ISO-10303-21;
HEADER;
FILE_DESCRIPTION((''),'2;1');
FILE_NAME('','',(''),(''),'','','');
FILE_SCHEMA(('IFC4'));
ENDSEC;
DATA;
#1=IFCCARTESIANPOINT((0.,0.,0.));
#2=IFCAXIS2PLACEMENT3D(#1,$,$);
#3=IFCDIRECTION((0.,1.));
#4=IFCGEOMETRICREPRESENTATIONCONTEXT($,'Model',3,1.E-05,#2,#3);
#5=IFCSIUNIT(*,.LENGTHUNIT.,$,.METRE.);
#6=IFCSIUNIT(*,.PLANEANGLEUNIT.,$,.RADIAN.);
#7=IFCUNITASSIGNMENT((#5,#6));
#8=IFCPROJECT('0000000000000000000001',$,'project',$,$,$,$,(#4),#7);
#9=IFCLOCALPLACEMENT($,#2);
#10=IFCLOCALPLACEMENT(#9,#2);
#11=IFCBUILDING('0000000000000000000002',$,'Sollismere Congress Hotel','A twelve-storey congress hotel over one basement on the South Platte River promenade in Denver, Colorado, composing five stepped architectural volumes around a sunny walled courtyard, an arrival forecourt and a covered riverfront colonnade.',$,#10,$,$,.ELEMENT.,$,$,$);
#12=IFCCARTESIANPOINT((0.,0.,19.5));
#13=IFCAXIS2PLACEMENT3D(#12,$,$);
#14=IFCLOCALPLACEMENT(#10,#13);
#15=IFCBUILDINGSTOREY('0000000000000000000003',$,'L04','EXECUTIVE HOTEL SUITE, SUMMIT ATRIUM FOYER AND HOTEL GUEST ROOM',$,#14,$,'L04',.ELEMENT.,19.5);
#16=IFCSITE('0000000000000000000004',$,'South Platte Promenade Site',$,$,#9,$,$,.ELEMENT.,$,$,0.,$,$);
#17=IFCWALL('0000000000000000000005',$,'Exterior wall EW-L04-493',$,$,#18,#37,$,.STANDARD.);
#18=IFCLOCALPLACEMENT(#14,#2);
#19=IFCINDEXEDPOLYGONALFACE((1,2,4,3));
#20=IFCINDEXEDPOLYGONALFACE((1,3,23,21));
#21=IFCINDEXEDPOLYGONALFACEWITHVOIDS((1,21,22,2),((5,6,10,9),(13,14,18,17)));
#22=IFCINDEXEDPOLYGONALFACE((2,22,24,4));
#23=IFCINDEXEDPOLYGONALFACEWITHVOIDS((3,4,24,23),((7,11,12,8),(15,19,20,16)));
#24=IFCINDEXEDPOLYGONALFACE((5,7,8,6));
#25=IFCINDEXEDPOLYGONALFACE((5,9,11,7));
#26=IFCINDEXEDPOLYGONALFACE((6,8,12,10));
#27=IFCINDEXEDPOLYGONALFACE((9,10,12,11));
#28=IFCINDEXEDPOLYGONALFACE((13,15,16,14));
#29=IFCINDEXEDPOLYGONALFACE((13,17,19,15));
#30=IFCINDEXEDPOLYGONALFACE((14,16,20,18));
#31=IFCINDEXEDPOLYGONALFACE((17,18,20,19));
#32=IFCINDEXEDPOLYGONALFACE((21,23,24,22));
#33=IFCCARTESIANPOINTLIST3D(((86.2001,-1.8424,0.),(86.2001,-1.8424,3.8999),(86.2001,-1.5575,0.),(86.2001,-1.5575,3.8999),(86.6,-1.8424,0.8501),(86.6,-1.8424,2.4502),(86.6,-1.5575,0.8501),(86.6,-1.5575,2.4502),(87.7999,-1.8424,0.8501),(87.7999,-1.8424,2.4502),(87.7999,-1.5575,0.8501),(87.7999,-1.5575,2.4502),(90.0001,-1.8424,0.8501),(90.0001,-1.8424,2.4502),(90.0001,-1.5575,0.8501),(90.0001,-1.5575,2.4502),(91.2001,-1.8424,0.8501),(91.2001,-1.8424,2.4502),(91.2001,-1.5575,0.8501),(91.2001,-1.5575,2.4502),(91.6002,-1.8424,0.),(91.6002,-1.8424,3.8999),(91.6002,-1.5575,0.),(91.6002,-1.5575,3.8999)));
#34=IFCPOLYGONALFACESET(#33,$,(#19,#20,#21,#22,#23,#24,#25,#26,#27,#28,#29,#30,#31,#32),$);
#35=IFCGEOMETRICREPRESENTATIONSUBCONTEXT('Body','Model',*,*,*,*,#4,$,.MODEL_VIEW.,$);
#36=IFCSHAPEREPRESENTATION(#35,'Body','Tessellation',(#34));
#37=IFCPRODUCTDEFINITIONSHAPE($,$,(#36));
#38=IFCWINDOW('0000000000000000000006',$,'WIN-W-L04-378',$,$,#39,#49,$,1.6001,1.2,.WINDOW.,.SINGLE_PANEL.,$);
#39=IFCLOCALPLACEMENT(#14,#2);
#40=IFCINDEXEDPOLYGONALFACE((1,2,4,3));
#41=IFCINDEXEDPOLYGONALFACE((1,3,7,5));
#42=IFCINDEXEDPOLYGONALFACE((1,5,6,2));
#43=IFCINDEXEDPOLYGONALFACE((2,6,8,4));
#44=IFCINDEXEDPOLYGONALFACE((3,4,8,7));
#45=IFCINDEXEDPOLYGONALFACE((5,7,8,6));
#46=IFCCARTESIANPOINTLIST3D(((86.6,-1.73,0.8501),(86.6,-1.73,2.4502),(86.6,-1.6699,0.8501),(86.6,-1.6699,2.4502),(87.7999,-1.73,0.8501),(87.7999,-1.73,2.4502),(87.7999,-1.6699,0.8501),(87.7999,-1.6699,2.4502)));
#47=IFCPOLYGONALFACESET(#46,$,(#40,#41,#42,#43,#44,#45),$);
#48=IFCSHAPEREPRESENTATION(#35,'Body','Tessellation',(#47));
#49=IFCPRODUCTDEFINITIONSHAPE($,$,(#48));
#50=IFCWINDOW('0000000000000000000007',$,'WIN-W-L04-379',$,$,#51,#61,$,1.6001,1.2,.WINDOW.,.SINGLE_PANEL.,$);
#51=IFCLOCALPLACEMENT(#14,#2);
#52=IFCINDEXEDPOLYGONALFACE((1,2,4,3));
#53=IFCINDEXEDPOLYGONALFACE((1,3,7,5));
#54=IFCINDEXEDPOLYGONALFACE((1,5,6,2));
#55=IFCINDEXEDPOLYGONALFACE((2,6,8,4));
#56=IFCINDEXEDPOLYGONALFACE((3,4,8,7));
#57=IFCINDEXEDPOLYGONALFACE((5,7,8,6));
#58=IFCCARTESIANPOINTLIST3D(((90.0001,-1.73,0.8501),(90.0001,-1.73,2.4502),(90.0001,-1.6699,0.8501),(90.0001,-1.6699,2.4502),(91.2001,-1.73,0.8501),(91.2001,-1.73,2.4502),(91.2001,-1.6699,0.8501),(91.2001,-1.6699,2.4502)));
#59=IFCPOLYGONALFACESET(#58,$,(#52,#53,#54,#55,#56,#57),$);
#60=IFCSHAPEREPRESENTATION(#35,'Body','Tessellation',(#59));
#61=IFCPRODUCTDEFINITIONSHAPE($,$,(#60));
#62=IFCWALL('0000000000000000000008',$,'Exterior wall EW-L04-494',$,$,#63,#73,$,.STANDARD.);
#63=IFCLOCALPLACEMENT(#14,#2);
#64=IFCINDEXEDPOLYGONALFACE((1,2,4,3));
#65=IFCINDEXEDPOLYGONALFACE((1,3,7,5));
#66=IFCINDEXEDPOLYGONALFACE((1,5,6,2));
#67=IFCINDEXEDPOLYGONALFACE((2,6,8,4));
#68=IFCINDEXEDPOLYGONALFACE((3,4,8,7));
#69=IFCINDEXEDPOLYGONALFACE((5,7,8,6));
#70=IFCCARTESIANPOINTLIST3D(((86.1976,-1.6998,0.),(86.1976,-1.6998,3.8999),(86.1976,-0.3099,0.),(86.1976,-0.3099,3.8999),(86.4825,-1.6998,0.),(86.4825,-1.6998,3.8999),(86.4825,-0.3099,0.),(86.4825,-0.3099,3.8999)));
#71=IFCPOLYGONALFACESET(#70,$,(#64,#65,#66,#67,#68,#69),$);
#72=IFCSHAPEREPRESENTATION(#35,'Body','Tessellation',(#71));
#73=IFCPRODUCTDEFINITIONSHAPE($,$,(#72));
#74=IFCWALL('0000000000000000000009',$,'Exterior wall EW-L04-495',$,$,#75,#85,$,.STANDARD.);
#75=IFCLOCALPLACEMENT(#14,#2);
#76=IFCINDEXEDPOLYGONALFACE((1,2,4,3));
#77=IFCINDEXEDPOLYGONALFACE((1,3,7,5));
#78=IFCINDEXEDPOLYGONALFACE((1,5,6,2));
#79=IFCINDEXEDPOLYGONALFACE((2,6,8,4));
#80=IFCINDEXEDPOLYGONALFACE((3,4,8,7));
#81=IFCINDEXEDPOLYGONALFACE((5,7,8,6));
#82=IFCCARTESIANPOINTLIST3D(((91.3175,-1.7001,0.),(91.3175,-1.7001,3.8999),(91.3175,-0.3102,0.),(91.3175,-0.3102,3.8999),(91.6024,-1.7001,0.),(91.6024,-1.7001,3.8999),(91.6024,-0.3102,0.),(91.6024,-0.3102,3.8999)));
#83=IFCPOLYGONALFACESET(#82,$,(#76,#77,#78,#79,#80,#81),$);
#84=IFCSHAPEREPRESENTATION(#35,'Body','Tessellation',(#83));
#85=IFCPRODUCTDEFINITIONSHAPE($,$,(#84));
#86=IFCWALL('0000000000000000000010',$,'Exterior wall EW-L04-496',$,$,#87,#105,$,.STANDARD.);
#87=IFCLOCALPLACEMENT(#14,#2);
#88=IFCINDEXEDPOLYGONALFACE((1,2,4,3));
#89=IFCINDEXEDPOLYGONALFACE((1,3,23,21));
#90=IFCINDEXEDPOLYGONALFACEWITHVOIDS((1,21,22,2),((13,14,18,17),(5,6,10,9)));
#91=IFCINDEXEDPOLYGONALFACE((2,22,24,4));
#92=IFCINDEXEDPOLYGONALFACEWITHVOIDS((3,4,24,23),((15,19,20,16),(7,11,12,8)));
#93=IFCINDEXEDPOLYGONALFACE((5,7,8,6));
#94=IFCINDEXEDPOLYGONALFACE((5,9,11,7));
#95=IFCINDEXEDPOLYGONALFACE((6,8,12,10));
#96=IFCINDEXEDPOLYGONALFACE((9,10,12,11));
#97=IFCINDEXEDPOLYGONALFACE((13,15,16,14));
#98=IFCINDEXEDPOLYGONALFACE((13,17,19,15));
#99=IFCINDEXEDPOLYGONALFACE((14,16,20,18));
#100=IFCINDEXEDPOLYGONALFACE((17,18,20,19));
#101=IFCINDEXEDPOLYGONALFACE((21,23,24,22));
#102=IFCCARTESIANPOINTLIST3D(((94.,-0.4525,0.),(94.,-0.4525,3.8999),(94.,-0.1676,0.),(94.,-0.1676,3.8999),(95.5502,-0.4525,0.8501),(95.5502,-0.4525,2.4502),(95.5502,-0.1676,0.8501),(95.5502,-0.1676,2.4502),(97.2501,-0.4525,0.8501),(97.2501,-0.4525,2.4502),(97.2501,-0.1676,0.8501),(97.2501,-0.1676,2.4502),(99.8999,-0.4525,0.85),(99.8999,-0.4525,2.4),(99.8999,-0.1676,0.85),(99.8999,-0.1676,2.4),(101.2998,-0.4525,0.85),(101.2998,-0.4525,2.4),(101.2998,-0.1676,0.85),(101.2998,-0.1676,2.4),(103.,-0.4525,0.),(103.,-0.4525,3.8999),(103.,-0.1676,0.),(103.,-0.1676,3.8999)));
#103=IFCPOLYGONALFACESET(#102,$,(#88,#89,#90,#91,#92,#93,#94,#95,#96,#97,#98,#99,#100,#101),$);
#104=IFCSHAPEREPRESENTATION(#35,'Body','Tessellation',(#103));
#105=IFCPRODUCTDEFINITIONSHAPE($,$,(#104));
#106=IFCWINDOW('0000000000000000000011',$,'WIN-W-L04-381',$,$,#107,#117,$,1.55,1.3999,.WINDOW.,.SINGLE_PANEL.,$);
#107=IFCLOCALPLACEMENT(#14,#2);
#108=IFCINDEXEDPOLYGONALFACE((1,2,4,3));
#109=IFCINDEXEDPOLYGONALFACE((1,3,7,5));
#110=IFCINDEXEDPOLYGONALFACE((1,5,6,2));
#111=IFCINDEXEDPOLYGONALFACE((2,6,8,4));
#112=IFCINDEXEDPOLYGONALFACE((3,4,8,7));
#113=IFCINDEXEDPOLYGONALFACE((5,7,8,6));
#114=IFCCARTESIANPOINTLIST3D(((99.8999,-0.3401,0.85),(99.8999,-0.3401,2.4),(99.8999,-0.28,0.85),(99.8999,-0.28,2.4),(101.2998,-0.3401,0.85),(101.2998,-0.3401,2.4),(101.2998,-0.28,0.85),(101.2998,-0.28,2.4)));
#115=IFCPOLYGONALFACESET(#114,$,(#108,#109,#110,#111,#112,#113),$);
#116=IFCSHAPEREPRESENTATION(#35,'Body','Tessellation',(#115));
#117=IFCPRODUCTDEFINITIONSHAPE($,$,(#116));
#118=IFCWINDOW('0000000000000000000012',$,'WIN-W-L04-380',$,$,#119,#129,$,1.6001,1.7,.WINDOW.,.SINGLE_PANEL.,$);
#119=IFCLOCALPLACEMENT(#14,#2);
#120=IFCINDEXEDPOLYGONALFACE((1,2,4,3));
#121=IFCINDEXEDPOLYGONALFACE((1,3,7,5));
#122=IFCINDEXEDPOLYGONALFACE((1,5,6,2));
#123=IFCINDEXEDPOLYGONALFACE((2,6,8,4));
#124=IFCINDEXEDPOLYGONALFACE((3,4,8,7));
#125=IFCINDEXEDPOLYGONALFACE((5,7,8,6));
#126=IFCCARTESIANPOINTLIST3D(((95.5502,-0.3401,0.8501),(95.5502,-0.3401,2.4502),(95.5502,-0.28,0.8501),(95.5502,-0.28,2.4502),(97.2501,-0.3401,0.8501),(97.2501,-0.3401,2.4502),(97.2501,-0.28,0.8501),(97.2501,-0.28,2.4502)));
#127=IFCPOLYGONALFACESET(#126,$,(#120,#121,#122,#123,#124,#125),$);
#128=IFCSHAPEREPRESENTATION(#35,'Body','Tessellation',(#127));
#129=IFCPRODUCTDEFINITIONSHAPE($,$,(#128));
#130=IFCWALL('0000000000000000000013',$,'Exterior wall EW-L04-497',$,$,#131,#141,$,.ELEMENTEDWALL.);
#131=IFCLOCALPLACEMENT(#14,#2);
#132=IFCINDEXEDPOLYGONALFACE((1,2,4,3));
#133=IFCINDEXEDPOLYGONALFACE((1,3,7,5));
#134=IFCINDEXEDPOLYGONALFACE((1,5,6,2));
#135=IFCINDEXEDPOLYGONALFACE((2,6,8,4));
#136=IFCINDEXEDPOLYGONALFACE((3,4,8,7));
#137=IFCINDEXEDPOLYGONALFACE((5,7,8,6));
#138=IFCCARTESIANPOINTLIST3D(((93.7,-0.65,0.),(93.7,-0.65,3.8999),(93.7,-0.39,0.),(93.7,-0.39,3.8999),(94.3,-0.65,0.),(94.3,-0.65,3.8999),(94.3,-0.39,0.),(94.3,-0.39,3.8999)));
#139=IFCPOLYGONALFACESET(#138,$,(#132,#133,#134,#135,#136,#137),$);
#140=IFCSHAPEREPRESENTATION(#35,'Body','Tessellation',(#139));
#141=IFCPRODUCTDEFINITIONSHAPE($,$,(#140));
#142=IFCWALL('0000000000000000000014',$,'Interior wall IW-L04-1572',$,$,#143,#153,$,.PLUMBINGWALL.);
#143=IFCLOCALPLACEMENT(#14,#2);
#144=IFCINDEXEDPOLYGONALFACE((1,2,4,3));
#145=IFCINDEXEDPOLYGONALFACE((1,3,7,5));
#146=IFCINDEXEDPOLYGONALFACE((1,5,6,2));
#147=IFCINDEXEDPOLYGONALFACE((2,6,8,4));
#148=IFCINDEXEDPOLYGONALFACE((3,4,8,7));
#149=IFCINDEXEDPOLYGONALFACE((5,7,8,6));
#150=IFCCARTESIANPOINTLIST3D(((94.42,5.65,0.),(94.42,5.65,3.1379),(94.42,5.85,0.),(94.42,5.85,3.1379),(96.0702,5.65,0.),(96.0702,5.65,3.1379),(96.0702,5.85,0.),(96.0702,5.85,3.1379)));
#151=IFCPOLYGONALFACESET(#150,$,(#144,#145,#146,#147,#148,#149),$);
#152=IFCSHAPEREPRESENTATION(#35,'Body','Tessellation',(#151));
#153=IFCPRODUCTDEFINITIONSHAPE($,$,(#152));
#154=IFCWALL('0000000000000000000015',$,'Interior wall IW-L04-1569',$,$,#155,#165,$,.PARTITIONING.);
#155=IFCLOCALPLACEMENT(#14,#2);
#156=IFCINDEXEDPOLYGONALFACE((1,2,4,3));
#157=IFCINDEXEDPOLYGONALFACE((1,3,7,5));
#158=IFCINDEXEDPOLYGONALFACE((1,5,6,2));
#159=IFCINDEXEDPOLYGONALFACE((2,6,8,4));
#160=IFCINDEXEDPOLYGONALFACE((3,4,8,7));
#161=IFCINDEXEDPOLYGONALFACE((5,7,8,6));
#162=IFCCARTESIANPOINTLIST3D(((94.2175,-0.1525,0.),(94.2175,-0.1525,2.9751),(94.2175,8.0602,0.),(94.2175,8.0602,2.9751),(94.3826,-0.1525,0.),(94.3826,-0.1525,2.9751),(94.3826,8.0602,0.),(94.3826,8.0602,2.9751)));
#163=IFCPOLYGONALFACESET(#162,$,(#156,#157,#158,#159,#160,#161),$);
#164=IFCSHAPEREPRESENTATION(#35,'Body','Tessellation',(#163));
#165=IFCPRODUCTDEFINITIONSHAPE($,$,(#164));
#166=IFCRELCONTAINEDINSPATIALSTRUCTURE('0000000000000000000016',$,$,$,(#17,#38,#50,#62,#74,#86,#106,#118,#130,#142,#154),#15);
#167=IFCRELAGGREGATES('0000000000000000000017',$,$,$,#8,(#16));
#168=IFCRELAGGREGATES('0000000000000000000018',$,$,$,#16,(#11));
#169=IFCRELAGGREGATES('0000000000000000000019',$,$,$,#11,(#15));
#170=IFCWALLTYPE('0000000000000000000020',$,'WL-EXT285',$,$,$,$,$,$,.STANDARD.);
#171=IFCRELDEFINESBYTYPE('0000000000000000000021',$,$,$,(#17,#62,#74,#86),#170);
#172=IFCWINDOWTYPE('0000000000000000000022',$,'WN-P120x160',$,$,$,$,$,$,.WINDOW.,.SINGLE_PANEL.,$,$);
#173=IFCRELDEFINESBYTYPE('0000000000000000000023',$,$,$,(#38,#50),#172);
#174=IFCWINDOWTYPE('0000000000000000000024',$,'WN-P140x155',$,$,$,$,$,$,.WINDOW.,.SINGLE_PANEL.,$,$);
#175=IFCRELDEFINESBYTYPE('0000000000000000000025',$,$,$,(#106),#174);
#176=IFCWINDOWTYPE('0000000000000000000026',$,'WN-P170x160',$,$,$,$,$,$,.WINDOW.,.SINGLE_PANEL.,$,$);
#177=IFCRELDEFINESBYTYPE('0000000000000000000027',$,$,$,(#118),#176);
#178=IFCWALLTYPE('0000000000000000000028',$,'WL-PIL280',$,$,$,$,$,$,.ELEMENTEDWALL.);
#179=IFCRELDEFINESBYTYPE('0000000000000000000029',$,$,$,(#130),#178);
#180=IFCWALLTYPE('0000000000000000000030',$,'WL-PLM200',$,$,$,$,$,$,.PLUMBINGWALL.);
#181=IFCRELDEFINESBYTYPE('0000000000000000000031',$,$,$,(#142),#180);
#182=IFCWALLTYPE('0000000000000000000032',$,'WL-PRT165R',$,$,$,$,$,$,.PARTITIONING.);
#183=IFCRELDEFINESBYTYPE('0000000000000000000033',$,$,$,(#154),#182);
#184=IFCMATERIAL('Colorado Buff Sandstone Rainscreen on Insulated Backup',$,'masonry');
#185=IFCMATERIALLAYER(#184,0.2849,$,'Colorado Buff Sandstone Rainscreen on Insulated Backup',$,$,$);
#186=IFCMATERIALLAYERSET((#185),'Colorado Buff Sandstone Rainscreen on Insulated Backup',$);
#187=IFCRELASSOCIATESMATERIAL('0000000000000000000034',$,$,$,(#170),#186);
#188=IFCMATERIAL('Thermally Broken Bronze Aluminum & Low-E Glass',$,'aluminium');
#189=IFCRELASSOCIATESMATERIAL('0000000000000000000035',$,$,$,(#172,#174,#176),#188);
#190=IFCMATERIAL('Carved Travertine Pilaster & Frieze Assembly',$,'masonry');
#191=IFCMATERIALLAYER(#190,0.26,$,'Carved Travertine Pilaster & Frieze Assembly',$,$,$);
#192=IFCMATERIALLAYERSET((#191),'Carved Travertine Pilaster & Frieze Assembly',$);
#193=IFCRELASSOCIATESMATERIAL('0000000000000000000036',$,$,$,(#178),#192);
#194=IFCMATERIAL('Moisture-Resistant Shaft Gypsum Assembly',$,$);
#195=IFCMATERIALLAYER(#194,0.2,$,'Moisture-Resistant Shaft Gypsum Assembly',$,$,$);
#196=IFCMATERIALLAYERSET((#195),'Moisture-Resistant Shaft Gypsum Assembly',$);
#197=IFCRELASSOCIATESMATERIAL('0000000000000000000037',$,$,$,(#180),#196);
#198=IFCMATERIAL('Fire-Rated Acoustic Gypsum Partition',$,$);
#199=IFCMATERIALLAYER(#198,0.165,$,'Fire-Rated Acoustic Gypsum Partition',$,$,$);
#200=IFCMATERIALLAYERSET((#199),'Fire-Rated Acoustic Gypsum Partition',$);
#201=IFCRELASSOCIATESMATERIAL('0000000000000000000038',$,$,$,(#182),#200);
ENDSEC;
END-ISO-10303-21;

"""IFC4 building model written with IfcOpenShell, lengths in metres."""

from ifc_helpers import new_model, si_unit, direction, frame, frame_2d, origin, place, context, subcontext, project, spatial, rectangle, extrude, material, layer, layer_set, type_object, element, fill, save


model = new_model("IFC4")

# Units and contexts
model_context = context("Model", 3, precision=1e-05, world=origin(), true_north=direction((0.0, 1.0)))
body_context = subcontext(model_context, "Body", "Model", "MODEL_VIEW")
ifc_project = project(units=[si_unit("LENGTHUNIT", "METRE"), si_unit("PLANEANGLEUNIT", "RADIAN")], contexts=[model_context])

# Site, building, storey
site_placement = place(None, origin())
site = spatial("IfcSite", under=ifc_project, at=site_placement, Name="South Platte Promenade Site", CompositionType="ELEMENT", RefElevation=0.0)
building_placement = place(site_placement, origin())
building = spatial("IfcBuilding", under=site, at=building_placement, Name="Sollismere Congress Hotel", Description="A twelve-storey congress hotel over one basement on the South Platte River promenade in Denver, Colorado, composing five stepped architectural volumes around a sunny walled courtyard, an arrival forecourt and a covered riverfront colonnade.", CompositionType="ELEMENT")
storey_placement = place(building_placement, frame((0.0, 0.0, 19.5)))
storey = spatial("IfcBuildingStorey", under=building, at=storey_placement, Name="L04", Description="EXECUTIVE HOTEL SUITE, SUMMIT ATRIUM FOYER AND HOTEL GUEST ROOM", LongName="L04", CompositionType="ELEMENT", Elevation=19.5)

# Shared definitions
ifc_material_1 = material(Name="Colorado Buff Sandstone Rainscreen on Insulated Backup", Category="masonry")
ifc_layer_1 = layer(ifc_material_1, 0.2849, Name="Colorado Buff Sandstone Rainscreen on Insulated Backup")
ifc_layer_set_1 = layer_set([ifc_layer_1], Name="Colorado Buff Sandstone Rainscreen on Insulated Backup")
wall_type_1 = type_object("IfcWallType", Name="WL-EXT285", PredefinedType="STANDARD", material=ifc_layer_set_1)
ifc_material_2 = material(Name="Thermally Broken Bronze Aluminum & Low-E Glass", Category="aluminium")

# Wall, openings, windows
wall_1_placement = place(storey_placement, frame((86.2, -1.7, 0.0), z_axis=(0.0, 0.0, 1.0), x_axis=(1.0, 0.0, 0.0)))
wall_1 = element("IfcWall", 1, at=wall_1_placement, inside=storey, type_object=wall_type_1, Name="Exterior wall EW-L04-493", PredefinedType="STANDARD", context=body_context, shape_type="SweptSolid", body=[
    extrude(rectangle(XDim=5.4001, YDim=0.2849, at=frame_2d((2.7002, 0.0))), origin(), (0.0, 0.0, 1.0), 3.8999),
])
opening_1_placement = place(wall_1_placement, frame((0.3999, 0.0, 0.8501)))
opening_1 = element("IfcOpeningElement", 2, at=opening_1_placement, cuts=wall_1, PredefinedType="OPENING", context=body_context, shape_type="SweptSolid", body=[
    extrude(rectangle(XDim=1.2, YDim=1.6001, at=frame_2d((0.6001, 0.8))), frame((0.0, 0.1523, 0.0), z_axis=(0.0, -1.0, 0.0), x_axis=(1.0, 0.0, 0.0)), (0.0, 0.0, 1.0), 0.3049),
])
opening_2_placement = place(wall_1_placement, frame((3.8, 0.0, 0.8501)))
opening_2 = element("IfcOpeningElement", 3, at=opening_2_placement, cuts=wall_1, PredefinedType="OPENING", context=body_context, shape_type="SweptSolid", body=[
    extrude(rectangle(XDim=1.2, YDim=1.6001, at=frame_2d((0.6001, 0.8))), frame((0.0, 0.1523, 0.0), z_axis=(0.0, -1.0, 0.0), x_axis=(1.0, 0.0, 0.0)), (0.0, 0.0, 1.0), 0.3049),
])
window_type_1 = type_object("IfcWindowType", Name="WN-P120x160", PartitioningType="SINGLE_PANEL", PredefinedType="WINDOW", material=ifc_material_2)
window_1_placement = place(opening_1_placement, origin())
window_1 = element("IfcWindow", 4, at=window_1_placement, inside=storey, type_object=window_type_1, Name="WIN-W-L04-378", OverallHeight=1.6001, OverallWidth=1.2, PartitioningType="SINGLE_PANEL", PredefinedType="WINDOW", context=body_context, shape_type="SweptSolid", body=[
    extrude(rectangle(XDim=1.2, YDim=1.6001, at=frame_2d((0.6001, 0.8))), frame((0.0, 0.03, 0.0), z_axis=(0.0, -1.0, 0.0), x_axis=(1.0, 0.0, 0.0)), (0.0, 0.0, 1.0), 0.0601),
])
fill(opening_1, window_1)
window_2_placement = place(opening_2_placement, origin())
window_2 = element("IfcWindow", 5, at=window_2_placement, inside=storey, type_object=window_type_1, Name="WIN-W-L04-379", OverallHeight=1.6001, OverallWidth=1.2, PartitioningType="SINGLE_PANEL", PredefinedType="WINDOW", context=body_context, shape_type="SweptSolid", body=[
    extrude(rectangle(XDim=1.2, YDim=1.6001, at=frame_2d((0.6001, 0.8))), frame((0.0, 0.03, 0.0), z_axis=(0.0, -1.0, 0.0), x_axis=(1.0, 0.0, 0.0)), (0.0, 0.0, 1.0), 0.0601),
])
fill(opening_2, window_2)

# Walls
for number, where, z_axis, x_axis, name in (
    (6, (86.3401, -0.3101, 0.0), (0.0, 0.0, 1.0), (0.0, -1.0, 0.0), "Exterior wall EW-L04-494"),
    (7, (91.46, -1.7, 0.0), (0.0, 0.0, 1.0), (0.0, 1.0, 0.0), "Exterior wall EW-L04-495"),
):
    element("IfcWall", number, at=place(storey_placement, frame(where, z_axis=z_axis, x_axis=x_axis)), inside=storey, type_object=wall_type_1, Name=name, PredefinedType="STANDARD", context=body_context, shape_type="SweptSolid", body=[
        extrude(rectangle(XDim=1.3899, YDim=0.2849, at=frame_2d((0.6948, 0.0))), origin(), (0.0, 0.0, 1.0), 3.8999),
    ])

# Wall, openings, windows
wall_2_placement = place(storey_placement, frame((94.0, -0.3101, 0.0), z_axis=(0.0, 0.0, 1.0), x_axis=(1.0, 0.0, 0.0)))
wall_2 = element("IfcWall", 8, at=wall_2_placement, inside=storey, type_object=wall_type_1, Name="Exterior wall EW-L04-496", PredefinedType="STANDARD", context=body_context, shape_type="SweptSolid", body=[
    extrude(rectangle(XDim=9.0, YDim=0.2849, at=frame_2d((4.5, 0.0))), origin(), (0.0, 0.0, 1.0), 3.8999),
])
opening_3_placement = place(wall_2_placement, frame((1.55, 0.0, 0.8501)))
opening_3 = element("IfcOpeningElement", 9, at=opening_3_placement, cuts=wall_2, PredefinedType="OPENING", context=body_context, shape_type="SweptSolid", body=[
    extrude(rectangle(XDim=1.7, YDim=1.6001, at=frame_2d((0.8501, 0.8))), frame((0.0, 0.1523, 0.0), z_axis=(0.0, -1.0, 0.0), x_axis=(1.0, 0.0, 0.0)), (0.0, 0.0, 1.0), 0.3049),
])
opening_4_placement = place(wall_2_placement, frame((5.8999, 0.0, 0.8501)))
opening_4 = element("IfcOpeningElement", 10, at=opening_4_placement, cuts=wall_2, PredefinedType="OPENING", context=body_context, shape_type="SweptSolid", body=[
    extrude(rectangle(XDim=1.3999, YDim=1.55, at=frame_2d((0.7, 0.7749))), frame((0.0, 0.1523, 0.0), z_axis=(0.0, -1.0, 0.0), x_axis=(1.0, 0.0, 0.0)), (0.0, 0.0, 1.0), 0.3049),
])
window_type_2 = type_object("IfcWindowType", Name="WN-P140x155", PartitioningType="SINGLE_PANEL", PredefinedType="WINDOW", material=ifc_material_2)
window_3_placement = place(opening_4_placement, origin())
window_3 = element("IfcWindow", 11, at=window_3_placement, inside=storey, type_object=window_type_2, Name="WIN-W-L04-381", OverallHeight=1.55, OverallWidth=1.3999, PartitioningType="SINGLE_PANEL", PredefinedType="WINDOW", context=body_context, shape_type="SweptSolid", body=[
    extrude(rectangle(XDim=1.3999, YDim=1.55, at=frame_2d((0.7, 0.7749))), frame((0.0, 0.03, 0.0), z_axis=(0.0, -1.0, 0.0), x_axis=(1.0, 0.0, 0.0)), (0.0, 0.0, 1.0), 0.0601),
])
fill(opening_4, window_3)
window_type_3 = type_object("IfcWindowType", Name="WN-P170x160", PartitioningType="SINGLE_PANEL", PredefinedType="WINDOW", material=ifc_material_2)
window_4_placement = place(opening_3_placement, origin())
window_4 = element("IfcWindow", 12, at=window_4_placement, inside=storey, type_object=window_type_3, Name="WIN-W-L04-380", OverallHeight=1.6001, OverallWidth=1.7, PartitioningType="SINGLE_PANEL", PredefinedType="WINDOW", context=body_context, shape_type="SweptSolid", body=[
    extrude(rectangle(XDim=1.7, YDim=1.6001, at=frame_2d((0.8501, 0.8))), frame((0.0, 0.03, 0.0), z_axis=(0.0, -1.0, 0.0), x_axis=(1.0, 0.0, 0.0)), (0.0, 0.0, 1.0), 0.0601),
])
fill(opening_3, window_4)

# Walls
ifc_material_3 = material(Name="Carved Travertine Pilaster & Frieze Assembly", Category="masonry")
ifc_layer_2 = layer(ifc_material_3, 0.26, Name="Carved Travertine Pilaster & Frieze Assembly")
ifc_layer_set_2 = layer_set([ifc_layer_2], Name="Carved Travertine Pilaster & Frieze Assembly")
wall_type_2 = type_object("IfcWallType", Name="WL-PIL280", PredefinedType="ELEMENTEDWALL", material=ifc_layer_set_2)
wall_3_placement = place(storey_placement, frame((93.7, -0.52, 0.0), z_axis=(0.0, 0.0, 1.0), x_axis=(1.0, 0.0, 0.0)))
element("IfcWall", 13, at=wall_3_placement, inside=storey, type_object=wall_type_2, Name="Exterior wall EW-L04-497", PredefinedType="ELEMENTEDWALL", context=body_context, shape_type="SweptSolid", body=[
    extrude(rectangle(XDim=0.6001, YDim=0.26, at=frame_2d((0.3, 0.0))), origin(), (0.0, 0.0, 1.0), 3.8999),
])
ifc_material_4 = material(Name="Moisture-Resistant Shaft Gypsum Assembly")
ifc_layer_3 = layer(ifc_material_4, 0.2, Name="Moisture-Resistant Shaft Gypsum Assembly")
ifc_layer_set_3 = layer_set([ifc_layer_3], Name="Moisture-Resistant Shaft Gypsum Assembly")
wall_type_3 = type_object("IfcWallType", Name="WL-PLM200", PredefinedType="PLUMBINGWALL", material=ifc_layer_set_3)
wall_4_placement = place(storey_placement, frame((94.4199, 5.75, 0.0), z_axis=(0.0, 0.0, 1.0), x_axis=(1.0, 0.0, 0.0)))
element("IfcWall", 14, at=wall_4_placement, inside=storey, type_object=wall_type_3, Name="Interior wall IW-L04-1572", PredefinedType="PLUMBINGWALL", context=body_context, shape_type="SweptSolid", body=[
    extrude(rectangle(XDim=1.6501, YDim=0.2, at=frame_2d((0.8252, 0.0))), origin(), (0.0, 0.0, 1.0), 3.1379),
])
ifc_material_5 = material(Name="Fire-Rated Acoustic Gypsum Partition")
ifc_layer_4 = layer(ifc_material_5, 0.165, Name="Fire-Rated Acoustic Gypsum Partition")
ifc_layer_set_4 = layer_set([ifc_layer_4], Name="Fire-Rated Acoustic Gypsum Partition")
wall_type_4 = type_object("IfcWallType", Name="WL-PRT165R", PredefinedType="PARTITIONING", material=ifc_layer_set_4)
for number, where, z_axis, x_axis, name in (
    (15, (94.3, -0.1526, 0.0), (0.0, 0.0, 1.0), (0.0, 1.0, 0.0), "Interior wall IW-L04-1569"),
):
    element("IfcWall", number, at=place(storey_placement, frame(where, z_axis=z_axis, x_axis=x_axis)), inside=storey, type_object=wall_type_4, Name=name, PredefinedType="PARTITIONING", context=body_context, shape_type="SweptSolid", body=[
        extrude(rectangle(XDim=8.2126, YDim=0.165, at=frame_2d((4.1064, 0.0))), origin(), (0.0, 0.0, 1.0), 2.9751),
    ])

save(model, "model.ifc")
